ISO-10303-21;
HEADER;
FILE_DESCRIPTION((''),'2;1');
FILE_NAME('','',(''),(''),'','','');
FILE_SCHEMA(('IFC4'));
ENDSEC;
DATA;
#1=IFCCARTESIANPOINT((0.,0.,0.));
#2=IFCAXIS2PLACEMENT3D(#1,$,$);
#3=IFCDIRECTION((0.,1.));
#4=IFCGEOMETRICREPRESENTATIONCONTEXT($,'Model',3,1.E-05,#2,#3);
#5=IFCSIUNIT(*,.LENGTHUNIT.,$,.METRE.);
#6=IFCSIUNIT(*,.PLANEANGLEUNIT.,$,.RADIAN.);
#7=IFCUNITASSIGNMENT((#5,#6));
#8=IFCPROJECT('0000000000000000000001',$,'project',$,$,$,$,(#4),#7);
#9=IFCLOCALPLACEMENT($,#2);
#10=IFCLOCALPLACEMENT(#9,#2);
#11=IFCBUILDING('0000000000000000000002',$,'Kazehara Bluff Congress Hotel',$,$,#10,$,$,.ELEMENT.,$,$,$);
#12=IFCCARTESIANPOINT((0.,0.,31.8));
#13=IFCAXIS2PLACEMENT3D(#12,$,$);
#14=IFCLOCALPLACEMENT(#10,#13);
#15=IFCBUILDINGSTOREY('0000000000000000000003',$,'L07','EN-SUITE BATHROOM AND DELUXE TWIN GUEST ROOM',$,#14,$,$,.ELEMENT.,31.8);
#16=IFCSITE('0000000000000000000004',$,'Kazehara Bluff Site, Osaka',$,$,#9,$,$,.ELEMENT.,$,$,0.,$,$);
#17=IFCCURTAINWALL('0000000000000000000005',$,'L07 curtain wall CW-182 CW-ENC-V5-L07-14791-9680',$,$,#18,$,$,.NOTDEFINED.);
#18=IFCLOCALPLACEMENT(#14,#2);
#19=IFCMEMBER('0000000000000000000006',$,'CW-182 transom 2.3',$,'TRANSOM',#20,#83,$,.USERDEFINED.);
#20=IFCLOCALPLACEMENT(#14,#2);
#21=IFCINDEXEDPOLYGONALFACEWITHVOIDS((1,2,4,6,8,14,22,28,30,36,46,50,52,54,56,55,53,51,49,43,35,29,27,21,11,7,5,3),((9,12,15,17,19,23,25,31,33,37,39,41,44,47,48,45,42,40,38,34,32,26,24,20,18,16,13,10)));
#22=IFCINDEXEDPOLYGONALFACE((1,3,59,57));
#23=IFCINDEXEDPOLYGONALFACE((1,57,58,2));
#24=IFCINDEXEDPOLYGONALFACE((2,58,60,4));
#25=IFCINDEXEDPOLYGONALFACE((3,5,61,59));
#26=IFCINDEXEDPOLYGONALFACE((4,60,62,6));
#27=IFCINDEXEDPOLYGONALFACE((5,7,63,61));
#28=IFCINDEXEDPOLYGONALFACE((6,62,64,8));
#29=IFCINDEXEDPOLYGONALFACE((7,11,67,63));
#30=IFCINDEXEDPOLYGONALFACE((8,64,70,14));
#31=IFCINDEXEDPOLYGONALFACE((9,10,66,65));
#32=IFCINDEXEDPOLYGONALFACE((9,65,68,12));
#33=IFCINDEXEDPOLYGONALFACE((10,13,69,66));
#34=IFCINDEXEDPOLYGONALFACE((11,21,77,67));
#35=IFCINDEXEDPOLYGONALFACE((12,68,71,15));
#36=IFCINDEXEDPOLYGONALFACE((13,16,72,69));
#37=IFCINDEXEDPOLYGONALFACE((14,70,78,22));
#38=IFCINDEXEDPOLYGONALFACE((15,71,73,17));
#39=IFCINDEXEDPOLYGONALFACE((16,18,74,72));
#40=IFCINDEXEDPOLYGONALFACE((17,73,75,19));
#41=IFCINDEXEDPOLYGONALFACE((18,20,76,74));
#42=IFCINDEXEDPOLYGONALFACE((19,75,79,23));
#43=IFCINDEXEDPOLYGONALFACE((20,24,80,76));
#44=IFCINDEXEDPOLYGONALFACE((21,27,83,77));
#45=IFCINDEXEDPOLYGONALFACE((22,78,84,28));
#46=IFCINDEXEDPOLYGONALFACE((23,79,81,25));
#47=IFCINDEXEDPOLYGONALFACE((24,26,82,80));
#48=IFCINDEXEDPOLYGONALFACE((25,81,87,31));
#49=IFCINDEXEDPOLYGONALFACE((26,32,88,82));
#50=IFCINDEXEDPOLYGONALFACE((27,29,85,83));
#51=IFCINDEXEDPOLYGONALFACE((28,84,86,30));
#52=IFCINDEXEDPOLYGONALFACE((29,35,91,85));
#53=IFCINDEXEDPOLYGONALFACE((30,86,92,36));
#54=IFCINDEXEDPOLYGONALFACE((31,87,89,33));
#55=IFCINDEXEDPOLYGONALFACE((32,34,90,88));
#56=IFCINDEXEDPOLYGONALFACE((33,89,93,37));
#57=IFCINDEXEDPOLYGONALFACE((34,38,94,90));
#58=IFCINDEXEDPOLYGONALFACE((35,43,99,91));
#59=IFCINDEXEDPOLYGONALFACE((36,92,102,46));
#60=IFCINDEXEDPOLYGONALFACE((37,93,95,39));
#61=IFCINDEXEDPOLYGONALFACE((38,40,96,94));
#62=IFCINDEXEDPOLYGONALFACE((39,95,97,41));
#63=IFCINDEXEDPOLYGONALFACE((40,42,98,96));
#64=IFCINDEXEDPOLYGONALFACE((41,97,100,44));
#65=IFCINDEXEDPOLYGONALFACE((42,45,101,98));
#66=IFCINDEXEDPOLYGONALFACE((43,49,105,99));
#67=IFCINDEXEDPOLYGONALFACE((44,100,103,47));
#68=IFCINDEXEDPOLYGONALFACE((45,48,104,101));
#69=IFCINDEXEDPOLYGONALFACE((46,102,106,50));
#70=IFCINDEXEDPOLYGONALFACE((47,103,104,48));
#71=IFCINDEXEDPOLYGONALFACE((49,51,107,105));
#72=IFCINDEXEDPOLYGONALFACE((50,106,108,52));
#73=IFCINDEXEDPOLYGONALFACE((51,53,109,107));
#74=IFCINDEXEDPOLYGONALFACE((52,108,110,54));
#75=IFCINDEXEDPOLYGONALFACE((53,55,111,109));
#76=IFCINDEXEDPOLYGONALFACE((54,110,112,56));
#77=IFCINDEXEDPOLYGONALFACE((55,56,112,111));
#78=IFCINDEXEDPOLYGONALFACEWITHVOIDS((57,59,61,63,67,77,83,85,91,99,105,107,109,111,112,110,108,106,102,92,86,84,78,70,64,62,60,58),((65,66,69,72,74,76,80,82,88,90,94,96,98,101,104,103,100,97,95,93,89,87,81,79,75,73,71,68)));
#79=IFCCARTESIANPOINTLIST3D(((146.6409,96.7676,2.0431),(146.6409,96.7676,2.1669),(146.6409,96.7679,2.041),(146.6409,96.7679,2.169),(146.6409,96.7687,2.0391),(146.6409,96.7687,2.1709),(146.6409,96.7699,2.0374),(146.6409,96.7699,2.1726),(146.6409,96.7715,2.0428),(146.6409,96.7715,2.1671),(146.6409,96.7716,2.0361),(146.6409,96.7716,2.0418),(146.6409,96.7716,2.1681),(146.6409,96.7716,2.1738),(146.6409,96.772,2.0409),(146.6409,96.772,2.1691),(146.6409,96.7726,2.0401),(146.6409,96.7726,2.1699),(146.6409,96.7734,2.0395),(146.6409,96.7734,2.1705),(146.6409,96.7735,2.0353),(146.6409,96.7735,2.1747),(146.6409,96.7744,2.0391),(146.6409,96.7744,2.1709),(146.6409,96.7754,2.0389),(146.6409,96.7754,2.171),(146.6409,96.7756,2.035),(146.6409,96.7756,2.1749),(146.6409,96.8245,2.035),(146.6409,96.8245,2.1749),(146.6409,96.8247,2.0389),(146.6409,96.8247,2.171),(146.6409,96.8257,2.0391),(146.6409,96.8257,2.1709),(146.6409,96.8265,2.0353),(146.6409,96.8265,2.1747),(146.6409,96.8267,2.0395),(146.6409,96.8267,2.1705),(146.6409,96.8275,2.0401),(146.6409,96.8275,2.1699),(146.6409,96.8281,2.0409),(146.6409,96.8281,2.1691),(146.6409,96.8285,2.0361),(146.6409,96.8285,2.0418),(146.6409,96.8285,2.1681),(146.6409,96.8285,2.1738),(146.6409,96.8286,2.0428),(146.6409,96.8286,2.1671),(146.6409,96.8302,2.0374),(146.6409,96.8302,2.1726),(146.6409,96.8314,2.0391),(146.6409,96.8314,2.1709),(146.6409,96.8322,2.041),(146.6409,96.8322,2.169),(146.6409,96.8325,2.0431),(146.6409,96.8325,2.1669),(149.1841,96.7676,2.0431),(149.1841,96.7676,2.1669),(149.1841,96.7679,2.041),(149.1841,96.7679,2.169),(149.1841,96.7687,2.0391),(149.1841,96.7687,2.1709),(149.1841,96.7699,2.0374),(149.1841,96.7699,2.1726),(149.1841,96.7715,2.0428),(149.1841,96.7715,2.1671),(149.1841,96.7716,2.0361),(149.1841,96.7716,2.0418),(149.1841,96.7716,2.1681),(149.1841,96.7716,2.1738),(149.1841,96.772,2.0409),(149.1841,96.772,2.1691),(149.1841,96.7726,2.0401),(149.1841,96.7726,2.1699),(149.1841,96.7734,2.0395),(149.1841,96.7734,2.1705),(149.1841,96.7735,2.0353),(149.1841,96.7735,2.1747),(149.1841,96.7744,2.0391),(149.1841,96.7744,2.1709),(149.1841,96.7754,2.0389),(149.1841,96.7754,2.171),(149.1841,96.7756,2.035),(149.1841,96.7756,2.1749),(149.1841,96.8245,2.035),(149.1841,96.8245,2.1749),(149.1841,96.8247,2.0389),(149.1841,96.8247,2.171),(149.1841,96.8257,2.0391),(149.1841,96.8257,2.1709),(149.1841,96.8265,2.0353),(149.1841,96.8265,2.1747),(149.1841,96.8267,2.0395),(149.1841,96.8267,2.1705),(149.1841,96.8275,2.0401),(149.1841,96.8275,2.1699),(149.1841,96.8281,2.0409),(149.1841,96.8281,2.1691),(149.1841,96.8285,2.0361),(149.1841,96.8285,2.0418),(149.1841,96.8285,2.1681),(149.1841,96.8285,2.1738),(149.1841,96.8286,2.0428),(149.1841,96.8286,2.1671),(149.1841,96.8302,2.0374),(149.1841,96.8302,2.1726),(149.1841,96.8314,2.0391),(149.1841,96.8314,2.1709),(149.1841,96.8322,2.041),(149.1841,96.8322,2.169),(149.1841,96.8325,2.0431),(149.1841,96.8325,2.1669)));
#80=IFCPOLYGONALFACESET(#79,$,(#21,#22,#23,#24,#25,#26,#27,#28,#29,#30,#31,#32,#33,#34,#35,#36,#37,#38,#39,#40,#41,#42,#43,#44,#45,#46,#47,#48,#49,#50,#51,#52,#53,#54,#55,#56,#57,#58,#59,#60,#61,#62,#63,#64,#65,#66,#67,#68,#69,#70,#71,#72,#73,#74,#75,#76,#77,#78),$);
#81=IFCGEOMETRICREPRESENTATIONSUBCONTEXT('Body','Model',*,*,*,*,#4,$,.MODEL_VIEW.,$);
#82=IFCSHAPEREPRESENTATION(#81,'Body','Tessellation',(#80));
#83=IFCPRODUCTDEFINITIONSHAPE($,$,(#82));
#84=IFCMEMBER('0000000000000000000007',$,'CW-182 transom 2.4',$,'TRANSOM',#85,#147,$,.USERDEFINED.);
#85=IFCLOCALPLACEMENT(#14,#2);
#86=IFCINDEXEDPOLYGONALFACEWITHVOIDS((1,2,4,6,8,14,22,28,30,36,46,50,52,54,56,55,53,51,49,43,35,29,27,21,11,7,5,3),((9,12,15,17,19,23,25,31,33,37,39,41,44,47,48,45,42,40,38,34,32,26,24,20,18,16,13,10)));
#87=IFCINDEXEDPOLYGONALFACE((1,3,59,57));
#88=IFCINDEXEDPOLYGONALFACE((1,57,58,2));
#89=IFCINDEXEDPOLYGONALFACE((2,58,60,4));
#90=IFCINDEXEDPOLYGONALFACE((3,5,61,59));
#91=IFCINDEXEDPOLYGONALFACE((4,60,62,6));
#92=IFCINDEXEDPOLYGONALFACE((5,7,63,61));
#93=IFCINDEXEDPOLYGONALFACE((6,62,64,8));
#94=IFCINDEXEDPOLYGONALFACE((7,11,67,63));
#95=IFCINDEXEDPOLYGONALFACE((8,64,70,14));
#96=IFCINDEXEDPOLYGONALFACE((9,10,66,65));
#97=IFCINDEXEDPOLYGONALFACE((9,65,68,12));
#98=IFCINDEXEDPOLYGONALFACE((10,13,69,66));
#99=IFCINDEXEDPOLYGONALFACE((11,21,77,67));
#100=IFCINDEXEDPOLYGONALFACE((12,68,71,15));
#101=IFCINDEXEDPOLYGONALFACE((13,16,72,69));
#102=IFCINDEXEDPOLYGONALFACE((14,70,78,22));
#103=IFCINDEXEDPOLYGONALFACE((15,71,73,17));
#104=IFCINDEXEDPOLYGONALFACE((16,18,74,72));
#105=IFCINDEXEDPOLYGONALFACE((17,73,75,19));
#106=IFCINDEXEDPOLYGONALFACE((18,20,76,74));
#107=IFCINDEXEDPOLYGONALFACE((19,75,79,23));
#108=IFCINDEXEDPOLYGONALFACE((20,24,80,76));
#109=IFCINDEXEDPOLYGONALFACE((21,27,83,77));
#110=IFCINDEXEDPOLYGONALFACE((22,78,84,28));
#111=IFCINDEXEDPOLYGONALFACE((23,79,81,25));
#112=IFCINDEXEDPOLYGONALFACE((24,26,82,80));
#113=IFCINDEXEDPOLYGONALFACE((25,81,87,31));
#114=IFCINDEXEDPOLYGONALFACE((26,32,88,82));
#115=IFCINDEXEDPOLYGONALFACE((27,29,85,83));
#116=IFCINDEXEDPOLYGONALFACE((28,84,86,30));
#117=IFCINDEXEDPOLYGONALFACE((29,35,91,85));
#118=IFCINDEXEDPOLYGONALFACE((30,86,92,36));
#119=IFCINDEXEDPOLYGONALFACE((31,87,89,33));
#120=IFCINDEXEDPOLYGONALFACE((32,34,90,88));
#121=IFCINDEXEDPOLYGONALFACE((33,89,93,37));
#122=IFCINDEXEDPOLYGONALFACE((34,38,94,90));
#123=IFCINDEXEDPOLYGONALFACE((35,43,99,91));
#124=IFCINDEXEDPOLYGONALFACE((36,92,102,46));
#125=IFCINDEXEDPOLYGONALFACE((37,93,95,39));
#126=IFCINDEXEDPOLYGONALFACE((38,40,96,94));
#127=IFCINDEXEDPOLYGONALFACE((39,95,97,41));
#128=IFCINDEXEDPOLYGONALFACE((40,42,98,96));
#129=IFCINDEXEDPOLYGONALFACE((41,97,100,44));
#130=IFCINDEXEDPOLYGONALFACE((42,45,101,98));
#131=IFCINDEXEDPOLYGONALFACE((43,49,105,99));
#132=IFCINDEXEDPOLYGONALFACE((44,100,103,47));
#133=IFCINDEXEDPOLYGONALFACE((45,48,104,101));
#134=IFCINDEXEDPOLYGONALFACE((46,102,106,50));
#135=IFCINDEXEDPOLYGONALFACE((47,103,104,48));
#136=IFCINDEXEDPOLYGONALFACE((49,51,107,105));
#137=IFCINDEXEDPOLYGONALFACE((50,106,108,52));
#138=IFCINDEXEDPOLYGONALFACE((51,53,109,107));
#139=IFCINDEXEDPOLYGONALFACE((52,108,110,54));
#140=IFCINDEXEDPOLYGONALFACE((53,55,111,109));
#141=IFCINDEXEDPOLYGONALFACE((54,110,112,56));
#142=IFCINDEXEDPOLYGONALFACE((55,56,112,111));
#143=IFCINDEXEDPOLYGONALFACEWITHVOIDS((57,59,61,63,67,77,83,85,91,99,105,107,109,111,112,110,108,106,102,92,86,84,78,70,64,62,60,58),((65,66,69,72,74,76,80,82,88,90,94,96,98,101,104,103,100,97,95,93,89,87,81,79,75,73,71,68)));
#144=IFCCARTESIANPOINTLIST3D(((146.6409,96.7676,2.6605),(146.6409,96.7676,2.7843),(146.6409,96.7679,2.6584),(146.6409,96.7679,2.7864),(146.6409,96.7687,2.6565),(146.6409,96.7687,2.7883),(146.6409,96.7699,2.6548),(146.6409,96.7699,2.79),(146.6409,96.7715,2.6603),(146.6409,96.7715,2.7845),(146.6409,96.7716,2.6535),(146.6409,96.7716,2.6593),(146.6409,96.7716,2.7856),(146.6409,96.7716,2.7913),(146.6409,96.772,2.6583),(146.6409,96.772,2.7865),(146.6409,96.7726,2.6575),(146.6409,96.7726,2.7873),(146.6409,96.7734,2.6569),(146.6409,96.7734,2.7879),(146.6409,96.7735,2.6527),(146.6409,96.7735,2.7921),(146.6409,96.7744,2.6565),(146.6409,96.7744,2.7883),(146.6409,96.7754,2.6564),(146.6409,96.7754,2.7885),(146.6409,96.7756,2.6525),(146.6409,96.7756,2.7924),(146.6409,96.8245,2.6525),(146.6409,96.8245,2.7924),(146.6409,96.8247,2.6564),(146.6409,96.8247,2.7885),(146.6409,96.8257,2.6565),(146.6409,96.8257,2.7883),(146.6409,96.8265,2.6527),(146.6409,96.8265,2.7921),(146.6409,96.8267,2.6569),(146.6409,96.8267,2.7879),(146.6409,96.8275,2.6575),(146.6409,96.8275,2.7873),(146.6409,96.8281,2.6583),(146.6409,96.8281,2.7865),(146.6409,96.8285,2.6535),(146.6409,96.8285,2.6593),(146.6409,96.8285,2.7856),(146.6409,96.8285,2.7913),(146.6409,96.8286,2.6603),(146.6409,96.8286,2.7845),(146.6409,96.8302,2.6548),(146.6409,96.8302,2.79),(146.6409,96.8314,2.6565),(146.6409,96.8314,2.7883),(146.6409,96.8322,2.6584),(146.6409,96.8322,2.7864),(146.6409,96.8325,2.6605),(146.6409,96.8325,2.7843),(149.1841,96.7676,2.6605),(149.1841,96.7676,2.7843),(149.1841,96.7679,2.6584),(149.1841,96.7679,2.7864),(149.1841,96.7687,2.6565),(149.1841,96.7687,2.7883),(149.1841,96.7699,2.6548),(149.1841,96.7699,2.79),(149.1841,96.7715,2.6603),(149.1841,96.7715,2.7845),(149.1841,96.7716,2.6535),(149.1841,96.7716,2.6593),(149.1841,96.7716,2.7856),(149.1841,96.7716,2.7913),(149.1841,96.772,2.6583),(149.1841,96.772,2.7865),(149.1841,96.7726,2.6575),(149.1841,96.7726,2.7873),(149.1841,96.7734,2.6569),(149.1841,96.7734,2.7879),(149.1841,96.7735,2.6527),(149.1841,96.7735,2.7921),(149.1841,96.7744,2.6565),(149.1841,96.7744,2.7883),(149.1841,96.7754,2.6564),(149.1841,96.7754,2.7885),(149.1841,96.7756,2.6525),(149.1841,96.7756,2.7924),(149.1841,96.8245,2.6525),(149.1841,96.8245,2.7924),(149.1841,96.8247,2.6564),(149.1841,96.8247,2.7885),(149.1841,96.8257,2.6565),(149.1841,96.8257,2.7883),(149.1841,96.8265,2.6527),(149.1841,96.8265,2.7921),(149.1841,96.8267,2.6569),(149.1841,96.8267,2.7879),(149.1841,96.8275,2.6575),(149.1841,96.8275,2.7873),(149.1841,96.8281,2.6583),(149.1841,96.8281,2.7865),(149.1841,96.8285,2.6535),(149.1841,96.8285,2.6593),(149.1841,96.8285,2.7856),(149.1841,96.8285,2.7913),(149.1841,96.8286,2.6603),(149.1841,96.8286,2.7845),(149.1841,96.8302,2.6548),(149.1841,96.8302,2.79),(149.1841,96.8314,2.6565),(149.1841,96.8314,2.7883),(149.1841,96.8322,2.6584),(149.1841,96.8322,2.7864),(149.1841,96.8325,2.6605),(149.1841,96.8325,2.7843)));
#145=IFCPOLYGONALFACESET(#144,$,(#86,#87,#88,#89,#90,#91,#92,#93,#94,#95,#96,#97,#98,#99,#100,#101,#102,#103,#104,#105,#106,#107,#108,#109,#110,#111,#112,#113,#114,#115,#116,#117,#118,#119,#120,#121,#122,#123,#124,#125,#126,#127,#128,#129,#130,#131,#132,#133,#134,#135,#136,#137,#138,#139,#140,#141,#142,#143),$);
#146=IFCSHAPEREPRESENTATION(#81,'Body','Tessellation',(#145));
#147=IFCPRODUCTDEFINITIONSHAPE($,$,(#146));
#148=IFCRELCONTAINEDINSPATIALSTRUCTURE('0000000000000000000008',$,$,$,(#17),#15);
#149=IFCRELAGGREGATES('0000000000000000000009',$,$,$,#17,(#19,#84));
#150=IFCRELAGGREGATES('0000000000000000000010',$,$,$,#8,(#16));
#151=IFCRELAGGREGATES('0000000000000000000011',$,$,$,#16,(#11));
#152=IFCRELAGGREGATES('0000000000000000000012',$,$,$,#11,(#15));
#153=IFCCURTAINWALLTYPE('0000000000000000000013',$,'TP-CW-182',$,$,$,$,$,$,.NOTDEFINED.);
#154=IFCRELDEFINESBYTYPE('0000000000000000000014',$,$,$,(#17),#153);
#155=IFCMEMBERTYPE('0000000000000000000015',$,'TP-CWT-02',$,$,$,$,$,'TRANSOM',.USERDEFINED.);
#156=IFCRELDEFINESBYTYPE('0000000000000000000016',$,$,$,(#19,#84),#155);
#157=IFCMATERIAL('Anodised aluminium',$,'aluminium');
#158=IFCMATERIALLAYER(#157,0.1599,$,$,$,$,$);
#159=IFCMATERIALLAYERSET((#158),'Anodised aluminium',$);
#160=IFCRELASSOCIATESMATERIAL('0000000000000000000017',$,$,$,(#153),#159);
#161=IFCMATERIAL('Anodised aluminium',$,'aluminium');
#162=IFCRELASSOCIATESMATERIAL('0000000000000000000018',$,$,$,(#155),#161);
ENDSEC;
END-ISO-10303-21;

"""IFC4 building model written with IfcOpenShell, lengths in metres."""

from ifc_helpers import new_model, si_unit, direction, frame, origin, origin_2d, place, context, subcontext, project, spatial, hollow_rectangle, extrude, material, layer, layer_set, material_profile, profile_set, type_object, element, aggregate, save


model = new_model("IFC4")

# Units and contexts
model_context = context("Model", 3, precision=1e-05, world=origin(), true_north=direction((0.0, 1.0)))
body_context = subcontext(model_context, "Body", "Model", "MODEL_VIEW")
ifc_project = project(units=[si_unit("LENGTHUNIT", "METRE"), si_unit("PLANEANGLEUNIT", "RADIAN")], contexts=[model_context])

# Site, building, storey
site_placement = place(None, origin())
site = spatial("IfcSite", under=ifc_project, at=site_placement, Name="Kazehara Bluff Site, Osaka", CompositionType="ELEMENT", RefElevation=0.0)
building_placement = place(site_placement, origin())
building = spatial("IfcBuilding", under=site, at=building_placement, Name="Kazehara Bluff Congress Hotel", CompositionType="ELEMENT")
storey_placement = place(building_placement, frame((0.0, 0.0, 31.8)))
storey = spatial("IfcBuildingStorey", under=building, at=storey_placement, Name="L07", Description="EN-SUITE BATHROOM AND DELUXE TWIN GUEST ROOM", CompositionType="ELEMENT", Elevation=31.8)

# Curtain wall, members
ifc_material_1 = material(Name="Anodised aluminium", Category="aluminium")
ifc_layer_1 = layer(ifc_material_1, 0.1599)
ifc_layer_set_1 = layer_set([ifc_layer_1], Name="Anodised aluminium")
curtain_wall_type_1 = type_object("IfcCurtainWallType", Name="TP-CW-182", PredefinedType="NOTDEFINED", material=ifc_layer_set_1)
curtain_wall_1_placement = place(storey_placement, origin())
curtain_wall_1 = element("IfcCurtainWall", 1, at=curtain_wall_1_placement, inside=storey, type_object=curtain_wall_type_1, Name="L07 curtain wall CW-182 CW-ENC-V5-L07-14791-9680", PredefinedType="NOTDEFINED")
ifc_material_2 = material(Name="Anodised aluminium", Category="aluminium")
ifc_material_profile_1 = material_profile(ifc_material_2, hollow_rectangle(XDim=0.0649, YDim=0.1399, WallThickness=0.0039, InnerFilletRadius=0.0039, OuterFilletRadius=0.0081, at=origin_2d()))
ifc_profile_set_1 = profile_set([ifc_material_profile_1], Name="Anodised aluminium")
member_type_1 = type_object("IfcMemberType", Name="TP-CWT-02", ElementType="TRANSOM", PredefinedType="USERDEFINED", material=ifc_profile_set_1)
member_1_placement = place(storey_placement, frame((146.6409, 96.8, 2.105), z_axis=(1.0, 0.0, 0.0), x_axis=(0.0, 1.0, 0.0)))
member_1 = element("IfcMember", 2, at=member_1_placement, type_object=member_type_1, Name="CW-182 transom 2.3", ObjectType="TRANSOM", PredefinedType="USERDEFINED", context=body_context, shape_type="SweptSolid", body=[
    extrude(hollow_rectangle(XDim=0.0649, YDim=0.1399, WallThickness=0.0039, InnerFilletRadius=0.0039, OuterFilletRadius=0.0081, at=origin_2d()), origin(), (0.0, 0.0, 1.0), 2.5432),
])
member_2_placement = place(storey_placement, frame((146.6409, 96.8, 2.7224), z_axis=(1.0, 0.0, 0.0), x_axis=(0.0, 1.0, 0.0)))
member_2 = element("IfcMember", 3, at=member_2_placement, type_object=member_type_1, Name="CW-182 transom 2.4", ObjectType="TRANSOM", PredefinedType="USERDEFINED", context=body_context, shape_type="SweptSolid", body=[
    extrude(hollow_rectangle(XDim=0.0649, YDim=0.1399, WallThickness=0.0039, InnerFilletRadius=0.0039, OuterFilletRadius=0.0081, at=origin_2d()), origin(), (0.0, 0.0, 1.0), 2.5432),
])

aggregate(curtain_wall_1, [member_1, member_2])

save(model, "model.ifc")
